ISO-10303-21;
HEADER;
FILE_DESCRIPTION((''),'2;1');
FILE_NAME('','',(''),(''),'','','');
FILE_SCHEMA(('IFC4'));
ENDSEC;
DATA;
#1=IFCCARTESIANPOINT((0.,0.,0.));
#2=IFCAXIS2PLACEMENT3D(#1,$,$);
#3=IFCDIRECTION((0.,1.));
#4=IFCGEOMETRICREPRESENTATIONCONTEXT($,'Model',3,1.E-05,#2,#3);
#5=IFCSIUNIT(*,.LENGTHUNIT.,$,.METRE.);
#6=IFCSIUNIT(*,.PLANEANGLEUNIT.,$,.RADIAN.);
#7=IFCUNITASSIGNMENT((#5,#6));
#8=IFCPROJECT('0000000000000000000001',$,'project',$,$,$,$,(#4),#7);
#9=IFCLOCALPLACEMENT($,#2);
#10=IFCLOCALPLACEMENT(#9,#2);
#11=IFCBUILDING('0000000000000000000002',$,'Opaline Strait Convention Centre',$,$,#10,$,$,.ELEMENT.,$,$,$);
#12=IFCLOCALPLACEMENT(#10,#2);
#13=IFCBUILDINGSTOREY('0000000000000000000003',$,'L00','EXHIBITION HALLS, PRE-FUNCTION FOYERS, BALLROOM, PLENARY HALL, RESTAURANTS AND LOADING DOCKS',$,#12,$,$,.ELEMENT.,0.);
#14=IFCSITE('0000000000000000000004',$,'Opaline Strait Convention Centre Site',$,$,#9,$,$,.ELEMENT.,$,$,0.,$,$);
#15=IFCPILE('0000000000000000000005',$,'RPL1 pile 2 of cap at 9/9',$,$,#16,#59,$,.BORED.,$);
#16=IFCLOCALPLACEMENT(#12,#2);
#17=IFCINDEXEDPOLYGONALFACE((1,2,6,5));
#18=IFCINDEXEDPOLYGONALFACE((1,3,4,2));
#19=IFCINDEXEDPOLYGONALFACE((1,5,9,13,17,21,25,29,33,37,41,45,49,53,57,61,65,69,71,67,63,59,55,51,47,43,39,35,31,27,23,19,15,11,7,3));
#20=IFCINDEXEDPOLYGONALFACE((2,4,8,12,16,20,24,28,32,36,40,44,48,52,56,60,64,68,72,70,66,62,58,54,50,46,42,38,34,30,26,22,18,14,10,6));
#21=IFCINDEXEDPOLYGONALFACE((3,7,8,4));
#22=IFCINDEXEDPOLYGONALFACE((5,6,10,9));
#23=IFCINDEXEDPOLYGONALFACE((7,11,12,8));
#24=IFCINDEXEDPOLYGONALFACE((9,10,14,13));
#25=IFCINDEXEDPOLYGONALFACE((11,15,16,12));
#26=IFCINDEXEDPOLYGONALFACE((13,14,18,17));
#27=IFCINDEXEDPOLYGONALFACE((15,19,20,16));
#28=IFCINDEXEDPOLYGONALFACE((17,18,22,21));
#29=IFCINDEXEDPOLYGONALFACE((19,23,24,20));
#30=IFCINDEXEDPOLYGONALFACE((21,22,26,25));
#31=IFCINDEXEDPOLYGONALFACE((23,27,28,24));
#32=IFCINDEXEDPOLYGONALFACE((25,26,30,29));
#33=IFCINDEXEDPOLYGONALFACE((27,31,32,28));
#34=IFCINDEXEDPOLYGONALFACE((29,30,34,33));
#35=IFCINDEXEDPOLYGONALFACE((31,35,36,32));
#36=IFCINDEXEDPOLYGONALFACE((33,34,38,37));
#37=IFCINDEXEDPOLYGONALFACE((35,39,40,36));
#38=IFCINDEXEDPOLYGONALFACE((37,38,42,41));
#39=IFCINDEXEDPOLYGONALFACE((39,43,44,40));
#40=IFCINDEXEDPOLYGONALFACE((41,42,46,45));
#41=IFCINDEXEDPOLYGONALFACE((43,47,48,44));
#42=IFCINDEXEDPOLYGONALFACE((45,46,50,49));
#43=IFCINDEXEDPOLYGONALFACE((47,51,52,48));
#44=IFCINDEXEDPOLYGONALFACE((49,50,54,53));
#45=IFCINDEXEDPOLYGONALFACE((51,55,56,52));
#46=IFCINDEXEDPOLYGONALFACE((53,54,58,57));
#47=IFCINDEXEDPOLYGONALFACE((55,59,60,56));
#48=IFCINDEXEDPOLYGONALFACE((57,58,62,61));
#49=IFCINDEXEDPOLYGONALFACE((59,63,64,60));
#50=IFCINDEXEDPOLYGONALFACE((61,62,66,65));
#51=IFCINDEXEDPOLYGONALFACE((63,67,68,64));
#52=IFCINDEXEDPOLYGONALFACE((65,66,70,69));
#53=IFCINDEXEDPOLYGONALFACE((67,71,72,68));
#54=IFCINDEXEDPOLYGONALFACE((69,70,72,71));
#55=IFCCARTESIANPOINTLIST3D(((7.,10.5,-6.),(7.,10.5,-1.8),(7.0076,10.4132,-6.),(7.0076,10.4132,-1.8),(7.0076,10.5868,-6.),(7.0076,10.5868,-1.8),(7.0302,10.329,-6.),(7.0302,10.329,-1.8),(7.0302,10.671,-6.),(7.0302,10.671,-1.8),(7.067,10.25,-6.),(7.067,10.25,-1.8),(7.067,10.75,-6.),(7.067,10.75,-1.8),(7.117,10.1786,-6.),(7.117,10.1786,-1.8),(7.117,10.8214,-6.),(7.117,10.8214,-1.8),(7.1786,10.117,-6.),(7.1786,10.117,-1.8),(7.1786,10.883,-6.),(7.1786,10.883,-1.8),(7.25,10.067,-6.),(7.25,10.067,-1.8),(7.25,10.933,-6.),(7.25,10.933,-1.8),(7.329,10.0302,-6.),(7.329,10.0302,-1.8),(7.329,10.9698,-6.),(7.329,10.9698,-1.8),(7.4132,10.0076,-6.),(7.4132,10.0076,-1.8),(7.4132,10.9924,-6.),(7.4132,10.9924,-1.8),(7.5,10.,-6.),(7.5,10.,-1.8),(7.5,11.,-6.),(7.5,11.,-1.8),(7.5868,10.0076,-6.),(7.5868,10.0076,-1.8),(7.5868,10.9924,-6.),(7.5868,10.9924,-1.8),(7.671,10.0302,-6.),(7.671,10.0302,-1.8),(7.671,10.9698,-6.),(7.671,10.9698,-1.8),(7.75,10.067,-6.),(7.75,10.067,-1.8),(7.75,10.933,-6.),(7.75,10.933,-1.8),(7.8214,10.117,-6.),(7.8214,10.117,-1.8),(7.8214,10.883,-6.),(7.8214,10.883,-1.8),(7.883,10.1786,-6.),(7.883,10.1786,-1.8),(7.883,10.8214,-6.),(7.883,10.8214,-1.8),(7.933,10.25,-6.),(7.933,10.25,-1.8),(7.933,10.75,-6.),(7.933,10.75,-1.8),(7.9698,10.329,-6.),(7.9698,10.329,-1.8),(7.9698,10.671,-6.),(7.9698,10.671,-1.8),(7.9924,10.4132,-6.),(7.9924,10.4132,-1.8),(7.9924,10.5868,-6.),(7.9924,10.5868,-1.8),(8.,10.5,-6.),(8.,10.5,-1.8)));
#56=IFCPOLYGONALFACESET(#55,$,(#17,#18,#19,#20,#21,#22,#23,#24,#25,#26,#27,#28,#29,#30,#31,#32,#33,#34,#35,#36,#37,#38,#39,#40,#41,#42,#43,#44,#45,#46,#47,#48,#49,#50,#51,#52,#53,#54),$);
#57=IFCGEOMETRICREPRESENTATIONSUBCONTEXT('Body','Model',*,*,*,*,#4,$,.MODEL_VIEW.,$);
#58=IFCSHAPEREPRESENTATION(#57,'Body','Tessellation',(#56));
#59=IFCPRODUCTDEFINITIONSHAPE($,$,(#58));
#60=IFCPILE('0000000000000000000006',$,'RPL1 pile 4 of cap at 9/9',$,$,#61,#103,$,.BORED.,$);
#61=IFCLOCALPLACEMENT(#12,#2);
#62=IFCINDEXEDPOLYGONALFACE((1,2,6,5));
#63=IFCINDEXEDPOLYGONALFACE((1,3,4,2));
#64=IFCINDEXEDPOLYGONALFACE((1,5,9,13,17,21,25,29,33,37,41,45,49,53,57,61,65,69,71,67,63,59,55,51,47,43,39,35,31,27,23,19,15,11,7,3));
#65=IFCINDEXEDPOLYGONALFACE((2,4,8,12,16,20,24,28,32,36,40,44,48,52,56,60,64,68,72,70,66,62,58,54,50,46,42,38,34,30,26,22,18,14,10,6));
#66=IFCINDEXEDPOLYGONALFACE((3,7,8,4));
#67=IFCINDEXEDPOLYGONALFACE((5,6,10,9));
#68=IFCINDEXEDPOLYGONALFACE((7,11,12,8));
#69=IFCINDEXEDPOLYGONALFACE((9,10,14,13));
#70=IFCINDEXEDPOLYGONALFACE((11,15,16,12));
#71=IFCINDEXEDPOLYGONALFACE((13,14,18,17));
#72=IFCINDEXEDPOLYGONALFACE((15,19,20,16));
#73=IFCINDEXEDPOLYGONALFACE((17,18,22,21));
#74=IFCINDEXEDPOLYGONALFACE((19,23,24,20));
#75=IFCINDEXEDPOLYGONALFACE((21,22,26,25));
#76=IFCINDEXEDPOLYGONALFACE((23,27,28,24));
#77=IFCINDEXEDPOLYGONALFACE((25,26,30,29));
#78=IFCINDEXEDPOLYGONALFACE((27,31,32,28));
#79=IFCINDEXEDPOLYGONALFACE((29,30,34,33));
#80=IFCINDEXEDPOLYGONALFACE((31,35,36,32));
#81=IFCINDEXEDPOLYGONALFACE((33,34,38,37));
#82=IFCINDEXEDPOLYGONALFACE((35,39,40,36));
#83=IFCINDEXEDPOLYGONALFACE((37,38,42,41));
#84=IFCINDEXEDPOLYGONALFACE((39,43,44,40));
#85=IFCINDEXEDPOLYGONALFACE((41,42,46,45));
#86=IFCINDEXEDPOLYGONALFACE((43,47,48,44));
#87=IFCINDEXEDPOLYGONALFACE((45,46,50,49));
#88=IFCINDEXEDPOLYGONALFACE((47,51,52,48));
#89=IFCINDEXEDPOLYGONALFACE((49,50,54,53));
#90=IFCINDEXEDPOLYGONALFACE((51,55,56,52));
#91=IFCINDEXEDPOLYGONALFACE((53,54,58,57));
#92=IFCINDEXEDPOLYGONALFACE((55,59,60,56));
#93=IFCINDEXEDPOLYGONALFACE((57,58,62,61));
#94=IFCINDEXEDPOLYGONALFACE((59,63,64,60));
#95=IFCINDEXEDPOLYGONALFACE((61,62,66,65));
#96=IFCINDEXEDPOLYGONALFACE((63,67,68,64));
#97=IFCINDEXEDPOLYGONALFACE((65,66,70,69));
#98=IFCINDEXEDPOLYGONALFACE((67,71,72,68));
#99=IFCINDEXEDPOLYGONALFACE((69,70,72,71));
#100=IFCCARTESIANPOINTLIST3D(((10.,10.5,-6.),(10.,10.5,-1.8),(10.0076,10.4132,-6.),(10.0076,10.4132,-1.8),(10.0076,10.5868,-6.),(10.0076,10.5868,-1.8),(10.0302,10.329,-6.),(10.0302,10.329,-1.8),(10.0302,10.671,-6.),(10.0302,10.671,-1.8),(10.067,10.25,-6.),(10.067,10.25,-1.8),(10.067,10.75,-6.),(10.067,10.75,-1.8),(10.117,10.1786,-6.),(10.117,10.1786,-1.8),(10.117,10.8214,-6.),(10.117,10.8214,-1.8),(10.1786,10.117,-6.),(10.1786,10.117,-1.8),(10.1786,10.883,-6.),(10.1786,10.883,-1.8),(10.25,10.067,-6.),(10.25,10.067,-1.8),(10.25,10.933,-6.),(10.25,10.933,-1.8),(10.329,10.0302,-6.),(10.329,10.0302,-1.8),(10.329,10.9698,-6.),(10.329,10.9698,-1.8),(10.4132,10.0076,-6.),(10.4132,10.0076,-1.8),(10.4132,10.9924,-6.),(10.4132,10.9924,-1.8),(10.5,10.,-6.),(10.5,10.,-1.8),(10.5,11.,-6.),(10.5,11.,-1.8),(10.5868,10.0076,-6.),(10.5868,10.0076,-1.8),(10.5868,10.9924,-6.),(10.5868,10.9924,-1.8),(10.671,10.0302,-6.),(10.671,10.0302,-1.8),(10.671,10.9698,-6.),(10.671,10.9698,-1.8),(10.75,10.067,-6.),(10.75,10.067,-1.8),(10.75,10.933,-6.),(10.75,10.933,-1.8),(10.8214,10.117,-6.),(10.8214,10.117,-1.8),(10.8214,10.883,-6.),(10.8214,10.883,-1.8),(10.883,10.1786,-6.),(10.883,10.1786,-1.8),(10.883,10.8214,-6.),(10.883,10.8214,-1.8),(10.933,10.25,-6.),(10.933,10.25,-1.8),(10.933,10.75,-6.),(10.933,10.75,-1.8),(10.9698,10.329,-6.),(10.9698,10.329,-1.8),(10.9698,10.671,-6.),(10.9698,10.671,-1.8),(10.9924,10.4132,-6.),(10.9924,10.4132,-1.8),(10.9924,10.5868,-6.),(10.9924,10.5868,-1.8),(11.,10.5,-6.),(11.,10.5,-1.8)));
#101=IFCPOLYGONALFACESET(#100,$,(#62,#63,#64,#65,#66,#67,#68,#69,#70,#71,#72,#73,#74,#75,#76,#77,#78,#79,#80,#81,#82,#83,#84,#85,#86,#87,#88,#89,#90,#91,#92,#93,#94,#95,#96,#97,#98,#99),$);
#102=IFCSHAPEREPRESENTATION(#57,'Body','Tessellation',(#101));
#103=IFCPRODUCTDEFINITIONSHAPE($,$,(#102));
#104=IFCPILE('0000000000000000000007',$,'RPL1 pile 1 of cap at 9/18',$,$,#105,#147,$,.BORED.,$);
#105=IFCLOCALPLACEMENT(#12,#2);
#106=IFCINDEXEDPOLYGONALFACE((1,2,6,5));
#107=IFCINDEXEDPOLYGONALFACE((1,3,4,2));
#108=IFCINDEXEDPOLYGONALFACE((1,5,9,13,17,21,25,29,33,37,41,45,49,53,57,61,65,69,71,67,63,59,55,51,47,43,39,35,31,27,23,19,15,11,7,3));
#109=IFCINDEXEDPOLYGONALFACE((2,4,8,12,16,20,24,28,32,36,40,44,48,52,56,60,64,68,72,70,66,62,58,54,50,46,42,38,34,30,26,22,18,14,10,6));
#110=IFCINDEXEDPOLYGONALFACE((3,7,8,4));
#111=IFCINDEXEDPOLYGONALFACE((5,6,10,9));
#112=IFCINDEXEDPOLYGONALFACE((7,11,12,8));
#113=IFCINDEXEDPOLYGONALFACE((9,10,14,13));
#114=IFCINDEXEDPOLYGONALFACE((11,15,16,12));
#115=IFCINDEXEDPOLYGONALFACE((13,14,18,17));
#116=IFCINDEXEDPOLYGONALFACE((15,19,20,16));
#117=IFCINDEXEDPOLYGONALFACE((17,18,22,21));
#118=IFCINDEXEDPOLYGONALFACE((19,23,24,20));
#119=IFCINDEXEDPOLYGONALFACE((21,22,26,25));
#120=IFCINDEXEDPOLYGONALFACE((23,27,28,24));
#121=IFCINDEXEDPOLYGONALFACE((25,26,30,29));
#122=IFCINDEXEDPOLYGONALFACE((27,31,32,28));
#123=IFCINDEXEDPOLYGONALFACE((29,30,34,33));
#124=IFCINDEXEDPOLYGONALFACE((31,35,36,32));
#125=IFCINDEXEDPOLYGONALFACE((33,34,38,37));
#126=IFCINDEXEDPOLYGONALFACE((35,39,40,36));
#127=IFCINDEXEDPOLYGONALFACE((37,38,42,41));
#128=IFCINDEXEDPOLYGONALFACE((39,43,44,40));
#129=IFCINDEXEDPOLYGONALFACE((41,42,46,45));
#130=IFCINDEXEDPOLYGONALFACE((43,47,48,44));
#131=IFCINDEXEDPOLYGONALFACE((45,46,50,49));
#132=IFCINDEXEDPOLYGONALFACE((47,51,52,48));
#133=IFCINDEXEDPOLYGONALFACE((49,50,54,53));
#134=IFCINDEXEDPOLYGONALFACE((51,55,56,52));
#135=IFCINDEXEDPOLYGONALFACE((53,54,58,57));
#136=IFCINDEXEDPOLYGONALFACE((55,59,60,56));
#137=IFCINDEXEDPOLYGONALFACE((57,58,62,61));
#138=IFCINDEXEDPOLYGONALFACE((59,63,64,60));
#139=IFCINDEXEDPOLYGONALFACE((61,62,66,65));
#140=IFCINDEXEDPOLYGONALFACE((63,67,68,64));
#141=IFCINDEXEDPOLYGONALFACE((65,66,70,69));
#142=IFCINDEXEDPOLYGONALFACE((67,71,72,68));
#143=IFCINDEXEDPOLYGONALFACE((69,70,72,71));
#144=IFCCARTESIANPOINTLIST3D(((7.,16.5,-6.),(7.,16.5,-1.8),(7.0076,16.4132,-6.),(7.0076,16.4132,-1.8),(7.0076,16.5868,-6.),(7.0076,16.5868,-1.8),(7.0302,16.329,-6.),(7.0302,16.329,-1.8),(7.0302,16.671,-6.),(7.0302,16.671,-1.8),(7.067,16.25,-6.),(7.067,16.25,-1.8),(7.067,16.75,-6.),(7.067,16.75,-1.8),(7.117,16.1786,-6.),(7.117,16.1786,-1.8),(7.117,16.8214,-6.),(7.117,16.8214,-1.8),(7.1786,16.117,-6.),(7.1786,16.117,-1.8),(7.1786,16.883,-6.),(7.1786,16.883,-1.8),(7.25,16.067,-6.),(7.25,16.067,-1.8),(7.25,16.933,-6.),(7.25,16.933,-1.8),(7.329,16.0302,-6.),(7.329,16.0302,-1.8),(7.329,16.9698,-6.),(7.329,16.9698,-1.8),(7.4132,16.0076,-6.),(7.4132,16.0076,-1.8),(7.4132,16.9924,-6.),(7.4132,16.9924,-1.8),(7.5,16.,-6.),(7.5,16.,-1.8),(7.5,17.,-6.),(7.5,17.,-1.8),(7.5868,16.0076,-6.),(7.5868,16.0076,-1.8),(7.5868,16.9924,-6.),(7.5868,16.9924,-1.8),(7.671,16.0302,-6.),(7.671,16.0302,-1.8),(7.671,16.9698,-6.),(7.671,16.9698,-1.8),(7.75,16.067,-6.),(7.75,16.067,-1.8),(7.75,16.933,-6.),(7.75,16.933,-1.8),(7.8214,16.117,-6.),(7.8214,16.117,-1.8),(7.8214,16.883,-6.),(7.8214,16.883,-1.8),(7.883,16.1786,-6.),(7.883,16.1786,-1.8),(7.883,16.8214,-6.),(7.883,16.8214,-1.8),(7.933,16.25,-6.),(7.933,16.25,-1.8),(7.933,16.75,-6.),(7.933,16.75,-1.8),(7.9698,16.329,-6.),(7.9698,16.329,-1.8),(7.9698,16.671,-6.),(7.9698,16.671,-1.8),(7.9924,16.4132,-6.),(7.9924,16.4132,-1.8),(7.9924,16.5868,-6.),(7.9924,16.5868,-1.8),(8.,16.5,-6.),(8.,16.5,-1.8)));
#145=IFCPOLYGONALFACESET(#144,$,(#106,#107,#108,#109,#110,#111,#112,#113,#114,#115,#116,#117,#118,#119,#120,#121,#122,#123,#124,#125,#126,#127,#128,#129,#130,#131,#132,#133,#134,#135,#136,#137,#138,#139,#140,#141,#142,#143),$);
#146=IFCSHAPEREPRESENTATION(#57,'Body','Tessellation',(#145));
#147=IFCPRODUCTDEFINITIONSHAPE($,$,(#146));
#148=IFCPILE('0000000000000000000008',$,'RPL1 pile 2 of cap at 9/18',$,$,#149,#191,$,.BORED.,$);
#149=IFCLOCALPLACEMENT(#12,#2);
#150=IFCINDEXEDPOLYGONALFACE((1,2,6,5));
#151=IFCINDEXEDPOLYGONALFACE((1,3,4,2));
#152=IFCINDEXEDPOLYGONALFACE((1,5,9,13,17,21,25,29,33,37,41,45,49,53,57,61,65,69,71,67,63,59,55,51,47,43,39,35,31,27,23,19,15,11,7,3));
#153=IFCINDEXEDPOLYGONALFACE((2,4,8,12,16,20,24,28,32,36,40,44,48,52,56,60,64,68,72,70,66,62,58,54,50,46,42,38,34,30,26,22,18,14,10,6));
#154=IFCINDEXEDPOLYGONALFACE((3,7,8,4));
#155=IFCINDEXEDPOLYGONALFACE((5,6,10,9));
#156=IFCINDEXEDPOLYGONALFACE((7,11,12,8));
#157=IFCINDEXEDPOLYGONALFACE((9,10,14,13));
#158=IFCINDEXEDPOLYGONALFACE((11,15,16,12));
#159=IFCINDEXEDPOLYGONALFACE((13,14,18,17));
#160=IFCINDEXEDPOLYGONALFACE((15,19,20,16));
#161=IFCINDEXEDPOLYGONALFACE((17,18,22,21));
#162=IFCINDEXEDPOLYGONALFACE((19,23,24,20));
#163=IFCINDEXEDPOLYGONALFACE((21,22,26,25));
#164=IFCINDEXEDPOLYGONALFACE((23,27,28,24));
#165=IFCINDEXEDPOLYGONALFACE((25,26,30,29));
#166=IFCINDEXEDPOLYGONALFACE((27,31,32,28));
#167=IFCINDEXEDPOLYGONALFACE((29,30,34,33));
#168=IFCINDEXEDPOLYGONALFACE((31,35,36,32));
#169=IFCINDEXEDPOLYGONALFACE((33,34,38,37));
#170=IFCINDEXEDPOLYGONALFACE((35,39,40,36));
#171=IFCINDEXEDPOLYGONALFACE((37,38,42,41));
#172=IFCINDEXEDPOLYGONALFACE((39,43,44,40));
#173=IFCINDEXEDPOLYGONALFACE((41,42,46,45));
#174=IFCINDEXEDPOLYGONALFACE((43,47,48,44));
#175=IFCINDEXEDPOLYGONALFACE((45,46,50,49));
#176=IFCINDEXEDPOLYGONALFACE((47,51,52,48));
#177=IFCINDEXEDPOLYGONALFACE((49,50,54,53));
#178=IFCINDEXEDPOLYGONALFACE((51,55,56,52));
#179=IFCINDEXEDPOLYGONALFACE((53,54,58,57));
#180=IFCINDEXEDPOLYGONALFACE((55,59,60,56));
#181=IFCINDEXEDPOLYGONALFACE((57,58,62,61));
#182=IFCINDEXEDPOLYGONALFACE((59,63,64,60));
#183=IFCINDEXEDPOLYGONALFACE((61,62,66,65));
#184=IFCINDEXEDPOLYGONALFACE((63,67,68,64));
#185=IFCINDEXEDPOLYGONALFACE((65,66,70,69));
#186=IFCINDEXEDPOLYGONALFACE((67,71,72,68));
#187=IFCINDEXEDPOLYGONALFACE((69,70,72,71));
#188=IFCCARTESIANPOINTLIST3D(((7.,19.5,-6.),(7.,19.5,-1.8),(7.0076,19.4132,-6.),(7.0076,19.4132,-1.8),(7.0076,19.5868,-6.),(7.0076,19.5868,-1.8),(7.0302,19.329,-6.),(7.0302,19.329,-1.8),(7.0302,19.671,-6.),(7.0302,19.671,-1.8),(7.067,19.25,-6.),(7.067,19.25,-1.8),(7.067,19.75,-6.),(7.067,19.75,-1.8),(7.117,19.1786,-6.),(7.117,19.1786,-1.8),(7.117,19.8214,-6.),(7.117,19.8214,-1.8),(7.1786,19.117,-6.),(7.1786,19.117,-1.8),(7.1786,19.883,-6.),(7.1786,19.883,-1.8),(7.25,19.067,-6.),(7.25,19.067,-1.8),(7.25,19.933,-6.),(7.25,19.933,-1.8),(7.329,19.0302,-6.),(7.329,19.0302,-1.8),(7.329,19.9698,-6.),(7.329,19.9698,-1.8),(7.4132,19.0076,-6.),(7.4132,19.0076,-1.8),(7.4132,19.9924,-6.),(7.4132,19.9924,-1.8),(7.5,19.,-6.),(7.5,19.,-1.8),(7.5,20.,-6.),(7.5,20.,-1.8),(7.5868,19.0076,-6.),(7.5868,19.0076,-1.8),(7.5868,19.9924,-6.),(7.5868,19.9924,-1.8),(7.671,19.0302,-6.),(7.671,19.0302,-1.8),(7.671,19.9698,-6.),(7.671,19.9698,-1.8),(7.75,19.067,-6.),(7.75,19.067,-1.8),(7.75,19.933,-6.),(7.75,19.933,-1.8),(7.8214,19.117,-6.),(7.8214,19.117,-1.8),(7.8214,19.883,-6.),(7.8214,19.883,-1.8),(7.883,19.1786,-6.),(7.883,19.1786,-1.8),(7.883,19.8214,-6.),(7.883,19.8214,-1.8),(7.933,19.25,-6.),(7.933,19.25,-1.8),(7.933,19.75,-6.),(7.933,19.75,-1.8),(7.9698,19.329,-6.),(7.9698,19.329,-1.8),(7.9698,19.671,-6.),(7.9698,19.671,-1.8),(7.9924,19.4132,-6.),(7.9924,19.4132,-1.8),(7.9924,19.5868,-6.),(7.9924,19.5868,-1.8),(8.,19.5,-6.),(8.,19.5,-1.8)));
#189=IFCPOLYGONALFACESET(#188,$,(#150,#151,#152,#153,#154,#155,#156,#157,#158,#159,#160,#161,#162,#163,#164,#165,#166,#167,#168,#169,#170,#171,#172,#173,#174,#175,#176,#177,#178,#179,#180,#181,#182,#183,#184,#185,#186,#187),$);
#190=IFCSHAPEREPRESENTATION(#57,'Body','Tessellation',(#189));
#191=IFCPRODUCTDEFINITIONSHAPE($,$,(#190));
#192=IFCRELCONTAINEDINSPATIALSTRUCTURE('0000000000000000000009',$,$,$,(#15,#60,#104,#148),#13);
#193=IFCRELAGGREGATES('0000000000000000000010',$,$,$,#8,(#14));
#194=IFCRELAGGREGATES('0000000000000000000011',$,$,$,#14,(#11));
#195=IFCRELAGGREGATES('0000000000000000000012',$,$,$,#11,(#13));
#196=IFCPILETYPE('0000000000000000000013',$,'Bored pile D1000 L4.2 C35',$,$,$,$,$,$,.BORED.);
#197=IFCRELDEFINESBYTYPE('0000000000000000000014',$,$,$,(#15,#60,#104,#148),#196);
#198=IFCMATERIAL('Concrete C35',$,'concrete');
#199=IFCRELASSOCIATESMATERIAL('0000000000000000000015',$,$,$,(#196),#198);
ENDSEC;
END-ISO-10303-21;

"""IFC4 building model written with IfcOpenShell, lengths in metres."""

from ifc_helpers import new_model, si_unit, direction, frame, origin, origin_2d, place, context, subcontext, project, spatial, circle, extrude, material, material_profile, profile_set, type_object, element, save


model = new_model("IFC4")

# Units and contexts
model_context = context("Model", 3, precision=1e-05, world=origin(), true_north=direction((0.0, 1.0)))
body_context = subcontext(model_context, "Body", "Model", "MODEL_VIEW")
ifc_project = project(units=[si_unit("LENGTHUNIT", "METRE"), si_unit("PLANEANGLEUNIT", "RADIAN")], contexts=[model_context])

# Site, building, storey
site_placement = place(None, origin())
site = spatial("IfcSite", under=ifc_project, at=site_placement, Name="Opaline Strait Convention Centre Site", CompositionType="ELEMENT", RefElevation=0.0)
building_placement = place(site_placement, origin())
building = spatial("IfcBuilding", under=site, at=building_placement, Name="Opaline Strait Convention Centre", CompositionType="ELEMENT")
storey_placement = place(building_placement, origin())
storey = spatial("IfcBuildingStorey", under=building, at=storey_placement, Name="L00", Description="EXHIBITION HALLS, PRE-FUNCTION FOYERS, BALLROOM, PLENARY HALL, RESTAURANTS AND LOADING DOCKS", CompositionType="ELEMENT", Elevation=0.0)

# Piles
ifc_material_1 = material(Name="Concrete C35", Category="concrete")
ifc_material_profile_1 = material_profile(ifc_material_1, circle(Radius=0.5, at=origin_2d()), Name="D1000")
ifc_profile_set_1 = profile_set([ifc_material_profile_1], Name="Concrete C35")
pile_type = type_object("IfcPileType", Name="Bored pile D1000 L4.2 C35", PredefinedType="BORED", material=ifc_profile_set_1)
for number, where, z_axis, x_axis, name in (
    (1, (7.5, 10.5, -1.8), (0.0, 0.0, -1.0), (1.0, 0.0, 0.0), "RPL1 pile 2 of cap at 9/9"),
    (2, (10.5, 10.5, -1.8), (0.0, 0.0, -1.0), (1.0, 0.0, 0.0), "RPL1 pile 4 of cap at 9/9"),
    (3, (7.5, 16.5, -1.8), (0.0, 0.0, -1.0), (1.0, 0.0, 0.0), "RPL1 pile 1 of cap at 9/18"),
    (4, (7.5, 19.5, -1.8), (0.0, 0.0, -1.0), (1.0, 0.0, 0.0), "RPL1 pile 2 of cap at 9/18"),
):
    element("IfcPile", number, at=place(storey_placement, frame(where, z_axis=z_axis, x_axis=x_axis)), inside=storey, type_object=pile_type, Name=name, PredefinedType="BORED", context=body_context, shape_type="SweptSolid", body=[
        extrude(circle(Radius=0.5, at=origin_2d()), origin(), (0.0, 0.0, 1.0), 4.2),
    ])

save(model, "model.ifc")
